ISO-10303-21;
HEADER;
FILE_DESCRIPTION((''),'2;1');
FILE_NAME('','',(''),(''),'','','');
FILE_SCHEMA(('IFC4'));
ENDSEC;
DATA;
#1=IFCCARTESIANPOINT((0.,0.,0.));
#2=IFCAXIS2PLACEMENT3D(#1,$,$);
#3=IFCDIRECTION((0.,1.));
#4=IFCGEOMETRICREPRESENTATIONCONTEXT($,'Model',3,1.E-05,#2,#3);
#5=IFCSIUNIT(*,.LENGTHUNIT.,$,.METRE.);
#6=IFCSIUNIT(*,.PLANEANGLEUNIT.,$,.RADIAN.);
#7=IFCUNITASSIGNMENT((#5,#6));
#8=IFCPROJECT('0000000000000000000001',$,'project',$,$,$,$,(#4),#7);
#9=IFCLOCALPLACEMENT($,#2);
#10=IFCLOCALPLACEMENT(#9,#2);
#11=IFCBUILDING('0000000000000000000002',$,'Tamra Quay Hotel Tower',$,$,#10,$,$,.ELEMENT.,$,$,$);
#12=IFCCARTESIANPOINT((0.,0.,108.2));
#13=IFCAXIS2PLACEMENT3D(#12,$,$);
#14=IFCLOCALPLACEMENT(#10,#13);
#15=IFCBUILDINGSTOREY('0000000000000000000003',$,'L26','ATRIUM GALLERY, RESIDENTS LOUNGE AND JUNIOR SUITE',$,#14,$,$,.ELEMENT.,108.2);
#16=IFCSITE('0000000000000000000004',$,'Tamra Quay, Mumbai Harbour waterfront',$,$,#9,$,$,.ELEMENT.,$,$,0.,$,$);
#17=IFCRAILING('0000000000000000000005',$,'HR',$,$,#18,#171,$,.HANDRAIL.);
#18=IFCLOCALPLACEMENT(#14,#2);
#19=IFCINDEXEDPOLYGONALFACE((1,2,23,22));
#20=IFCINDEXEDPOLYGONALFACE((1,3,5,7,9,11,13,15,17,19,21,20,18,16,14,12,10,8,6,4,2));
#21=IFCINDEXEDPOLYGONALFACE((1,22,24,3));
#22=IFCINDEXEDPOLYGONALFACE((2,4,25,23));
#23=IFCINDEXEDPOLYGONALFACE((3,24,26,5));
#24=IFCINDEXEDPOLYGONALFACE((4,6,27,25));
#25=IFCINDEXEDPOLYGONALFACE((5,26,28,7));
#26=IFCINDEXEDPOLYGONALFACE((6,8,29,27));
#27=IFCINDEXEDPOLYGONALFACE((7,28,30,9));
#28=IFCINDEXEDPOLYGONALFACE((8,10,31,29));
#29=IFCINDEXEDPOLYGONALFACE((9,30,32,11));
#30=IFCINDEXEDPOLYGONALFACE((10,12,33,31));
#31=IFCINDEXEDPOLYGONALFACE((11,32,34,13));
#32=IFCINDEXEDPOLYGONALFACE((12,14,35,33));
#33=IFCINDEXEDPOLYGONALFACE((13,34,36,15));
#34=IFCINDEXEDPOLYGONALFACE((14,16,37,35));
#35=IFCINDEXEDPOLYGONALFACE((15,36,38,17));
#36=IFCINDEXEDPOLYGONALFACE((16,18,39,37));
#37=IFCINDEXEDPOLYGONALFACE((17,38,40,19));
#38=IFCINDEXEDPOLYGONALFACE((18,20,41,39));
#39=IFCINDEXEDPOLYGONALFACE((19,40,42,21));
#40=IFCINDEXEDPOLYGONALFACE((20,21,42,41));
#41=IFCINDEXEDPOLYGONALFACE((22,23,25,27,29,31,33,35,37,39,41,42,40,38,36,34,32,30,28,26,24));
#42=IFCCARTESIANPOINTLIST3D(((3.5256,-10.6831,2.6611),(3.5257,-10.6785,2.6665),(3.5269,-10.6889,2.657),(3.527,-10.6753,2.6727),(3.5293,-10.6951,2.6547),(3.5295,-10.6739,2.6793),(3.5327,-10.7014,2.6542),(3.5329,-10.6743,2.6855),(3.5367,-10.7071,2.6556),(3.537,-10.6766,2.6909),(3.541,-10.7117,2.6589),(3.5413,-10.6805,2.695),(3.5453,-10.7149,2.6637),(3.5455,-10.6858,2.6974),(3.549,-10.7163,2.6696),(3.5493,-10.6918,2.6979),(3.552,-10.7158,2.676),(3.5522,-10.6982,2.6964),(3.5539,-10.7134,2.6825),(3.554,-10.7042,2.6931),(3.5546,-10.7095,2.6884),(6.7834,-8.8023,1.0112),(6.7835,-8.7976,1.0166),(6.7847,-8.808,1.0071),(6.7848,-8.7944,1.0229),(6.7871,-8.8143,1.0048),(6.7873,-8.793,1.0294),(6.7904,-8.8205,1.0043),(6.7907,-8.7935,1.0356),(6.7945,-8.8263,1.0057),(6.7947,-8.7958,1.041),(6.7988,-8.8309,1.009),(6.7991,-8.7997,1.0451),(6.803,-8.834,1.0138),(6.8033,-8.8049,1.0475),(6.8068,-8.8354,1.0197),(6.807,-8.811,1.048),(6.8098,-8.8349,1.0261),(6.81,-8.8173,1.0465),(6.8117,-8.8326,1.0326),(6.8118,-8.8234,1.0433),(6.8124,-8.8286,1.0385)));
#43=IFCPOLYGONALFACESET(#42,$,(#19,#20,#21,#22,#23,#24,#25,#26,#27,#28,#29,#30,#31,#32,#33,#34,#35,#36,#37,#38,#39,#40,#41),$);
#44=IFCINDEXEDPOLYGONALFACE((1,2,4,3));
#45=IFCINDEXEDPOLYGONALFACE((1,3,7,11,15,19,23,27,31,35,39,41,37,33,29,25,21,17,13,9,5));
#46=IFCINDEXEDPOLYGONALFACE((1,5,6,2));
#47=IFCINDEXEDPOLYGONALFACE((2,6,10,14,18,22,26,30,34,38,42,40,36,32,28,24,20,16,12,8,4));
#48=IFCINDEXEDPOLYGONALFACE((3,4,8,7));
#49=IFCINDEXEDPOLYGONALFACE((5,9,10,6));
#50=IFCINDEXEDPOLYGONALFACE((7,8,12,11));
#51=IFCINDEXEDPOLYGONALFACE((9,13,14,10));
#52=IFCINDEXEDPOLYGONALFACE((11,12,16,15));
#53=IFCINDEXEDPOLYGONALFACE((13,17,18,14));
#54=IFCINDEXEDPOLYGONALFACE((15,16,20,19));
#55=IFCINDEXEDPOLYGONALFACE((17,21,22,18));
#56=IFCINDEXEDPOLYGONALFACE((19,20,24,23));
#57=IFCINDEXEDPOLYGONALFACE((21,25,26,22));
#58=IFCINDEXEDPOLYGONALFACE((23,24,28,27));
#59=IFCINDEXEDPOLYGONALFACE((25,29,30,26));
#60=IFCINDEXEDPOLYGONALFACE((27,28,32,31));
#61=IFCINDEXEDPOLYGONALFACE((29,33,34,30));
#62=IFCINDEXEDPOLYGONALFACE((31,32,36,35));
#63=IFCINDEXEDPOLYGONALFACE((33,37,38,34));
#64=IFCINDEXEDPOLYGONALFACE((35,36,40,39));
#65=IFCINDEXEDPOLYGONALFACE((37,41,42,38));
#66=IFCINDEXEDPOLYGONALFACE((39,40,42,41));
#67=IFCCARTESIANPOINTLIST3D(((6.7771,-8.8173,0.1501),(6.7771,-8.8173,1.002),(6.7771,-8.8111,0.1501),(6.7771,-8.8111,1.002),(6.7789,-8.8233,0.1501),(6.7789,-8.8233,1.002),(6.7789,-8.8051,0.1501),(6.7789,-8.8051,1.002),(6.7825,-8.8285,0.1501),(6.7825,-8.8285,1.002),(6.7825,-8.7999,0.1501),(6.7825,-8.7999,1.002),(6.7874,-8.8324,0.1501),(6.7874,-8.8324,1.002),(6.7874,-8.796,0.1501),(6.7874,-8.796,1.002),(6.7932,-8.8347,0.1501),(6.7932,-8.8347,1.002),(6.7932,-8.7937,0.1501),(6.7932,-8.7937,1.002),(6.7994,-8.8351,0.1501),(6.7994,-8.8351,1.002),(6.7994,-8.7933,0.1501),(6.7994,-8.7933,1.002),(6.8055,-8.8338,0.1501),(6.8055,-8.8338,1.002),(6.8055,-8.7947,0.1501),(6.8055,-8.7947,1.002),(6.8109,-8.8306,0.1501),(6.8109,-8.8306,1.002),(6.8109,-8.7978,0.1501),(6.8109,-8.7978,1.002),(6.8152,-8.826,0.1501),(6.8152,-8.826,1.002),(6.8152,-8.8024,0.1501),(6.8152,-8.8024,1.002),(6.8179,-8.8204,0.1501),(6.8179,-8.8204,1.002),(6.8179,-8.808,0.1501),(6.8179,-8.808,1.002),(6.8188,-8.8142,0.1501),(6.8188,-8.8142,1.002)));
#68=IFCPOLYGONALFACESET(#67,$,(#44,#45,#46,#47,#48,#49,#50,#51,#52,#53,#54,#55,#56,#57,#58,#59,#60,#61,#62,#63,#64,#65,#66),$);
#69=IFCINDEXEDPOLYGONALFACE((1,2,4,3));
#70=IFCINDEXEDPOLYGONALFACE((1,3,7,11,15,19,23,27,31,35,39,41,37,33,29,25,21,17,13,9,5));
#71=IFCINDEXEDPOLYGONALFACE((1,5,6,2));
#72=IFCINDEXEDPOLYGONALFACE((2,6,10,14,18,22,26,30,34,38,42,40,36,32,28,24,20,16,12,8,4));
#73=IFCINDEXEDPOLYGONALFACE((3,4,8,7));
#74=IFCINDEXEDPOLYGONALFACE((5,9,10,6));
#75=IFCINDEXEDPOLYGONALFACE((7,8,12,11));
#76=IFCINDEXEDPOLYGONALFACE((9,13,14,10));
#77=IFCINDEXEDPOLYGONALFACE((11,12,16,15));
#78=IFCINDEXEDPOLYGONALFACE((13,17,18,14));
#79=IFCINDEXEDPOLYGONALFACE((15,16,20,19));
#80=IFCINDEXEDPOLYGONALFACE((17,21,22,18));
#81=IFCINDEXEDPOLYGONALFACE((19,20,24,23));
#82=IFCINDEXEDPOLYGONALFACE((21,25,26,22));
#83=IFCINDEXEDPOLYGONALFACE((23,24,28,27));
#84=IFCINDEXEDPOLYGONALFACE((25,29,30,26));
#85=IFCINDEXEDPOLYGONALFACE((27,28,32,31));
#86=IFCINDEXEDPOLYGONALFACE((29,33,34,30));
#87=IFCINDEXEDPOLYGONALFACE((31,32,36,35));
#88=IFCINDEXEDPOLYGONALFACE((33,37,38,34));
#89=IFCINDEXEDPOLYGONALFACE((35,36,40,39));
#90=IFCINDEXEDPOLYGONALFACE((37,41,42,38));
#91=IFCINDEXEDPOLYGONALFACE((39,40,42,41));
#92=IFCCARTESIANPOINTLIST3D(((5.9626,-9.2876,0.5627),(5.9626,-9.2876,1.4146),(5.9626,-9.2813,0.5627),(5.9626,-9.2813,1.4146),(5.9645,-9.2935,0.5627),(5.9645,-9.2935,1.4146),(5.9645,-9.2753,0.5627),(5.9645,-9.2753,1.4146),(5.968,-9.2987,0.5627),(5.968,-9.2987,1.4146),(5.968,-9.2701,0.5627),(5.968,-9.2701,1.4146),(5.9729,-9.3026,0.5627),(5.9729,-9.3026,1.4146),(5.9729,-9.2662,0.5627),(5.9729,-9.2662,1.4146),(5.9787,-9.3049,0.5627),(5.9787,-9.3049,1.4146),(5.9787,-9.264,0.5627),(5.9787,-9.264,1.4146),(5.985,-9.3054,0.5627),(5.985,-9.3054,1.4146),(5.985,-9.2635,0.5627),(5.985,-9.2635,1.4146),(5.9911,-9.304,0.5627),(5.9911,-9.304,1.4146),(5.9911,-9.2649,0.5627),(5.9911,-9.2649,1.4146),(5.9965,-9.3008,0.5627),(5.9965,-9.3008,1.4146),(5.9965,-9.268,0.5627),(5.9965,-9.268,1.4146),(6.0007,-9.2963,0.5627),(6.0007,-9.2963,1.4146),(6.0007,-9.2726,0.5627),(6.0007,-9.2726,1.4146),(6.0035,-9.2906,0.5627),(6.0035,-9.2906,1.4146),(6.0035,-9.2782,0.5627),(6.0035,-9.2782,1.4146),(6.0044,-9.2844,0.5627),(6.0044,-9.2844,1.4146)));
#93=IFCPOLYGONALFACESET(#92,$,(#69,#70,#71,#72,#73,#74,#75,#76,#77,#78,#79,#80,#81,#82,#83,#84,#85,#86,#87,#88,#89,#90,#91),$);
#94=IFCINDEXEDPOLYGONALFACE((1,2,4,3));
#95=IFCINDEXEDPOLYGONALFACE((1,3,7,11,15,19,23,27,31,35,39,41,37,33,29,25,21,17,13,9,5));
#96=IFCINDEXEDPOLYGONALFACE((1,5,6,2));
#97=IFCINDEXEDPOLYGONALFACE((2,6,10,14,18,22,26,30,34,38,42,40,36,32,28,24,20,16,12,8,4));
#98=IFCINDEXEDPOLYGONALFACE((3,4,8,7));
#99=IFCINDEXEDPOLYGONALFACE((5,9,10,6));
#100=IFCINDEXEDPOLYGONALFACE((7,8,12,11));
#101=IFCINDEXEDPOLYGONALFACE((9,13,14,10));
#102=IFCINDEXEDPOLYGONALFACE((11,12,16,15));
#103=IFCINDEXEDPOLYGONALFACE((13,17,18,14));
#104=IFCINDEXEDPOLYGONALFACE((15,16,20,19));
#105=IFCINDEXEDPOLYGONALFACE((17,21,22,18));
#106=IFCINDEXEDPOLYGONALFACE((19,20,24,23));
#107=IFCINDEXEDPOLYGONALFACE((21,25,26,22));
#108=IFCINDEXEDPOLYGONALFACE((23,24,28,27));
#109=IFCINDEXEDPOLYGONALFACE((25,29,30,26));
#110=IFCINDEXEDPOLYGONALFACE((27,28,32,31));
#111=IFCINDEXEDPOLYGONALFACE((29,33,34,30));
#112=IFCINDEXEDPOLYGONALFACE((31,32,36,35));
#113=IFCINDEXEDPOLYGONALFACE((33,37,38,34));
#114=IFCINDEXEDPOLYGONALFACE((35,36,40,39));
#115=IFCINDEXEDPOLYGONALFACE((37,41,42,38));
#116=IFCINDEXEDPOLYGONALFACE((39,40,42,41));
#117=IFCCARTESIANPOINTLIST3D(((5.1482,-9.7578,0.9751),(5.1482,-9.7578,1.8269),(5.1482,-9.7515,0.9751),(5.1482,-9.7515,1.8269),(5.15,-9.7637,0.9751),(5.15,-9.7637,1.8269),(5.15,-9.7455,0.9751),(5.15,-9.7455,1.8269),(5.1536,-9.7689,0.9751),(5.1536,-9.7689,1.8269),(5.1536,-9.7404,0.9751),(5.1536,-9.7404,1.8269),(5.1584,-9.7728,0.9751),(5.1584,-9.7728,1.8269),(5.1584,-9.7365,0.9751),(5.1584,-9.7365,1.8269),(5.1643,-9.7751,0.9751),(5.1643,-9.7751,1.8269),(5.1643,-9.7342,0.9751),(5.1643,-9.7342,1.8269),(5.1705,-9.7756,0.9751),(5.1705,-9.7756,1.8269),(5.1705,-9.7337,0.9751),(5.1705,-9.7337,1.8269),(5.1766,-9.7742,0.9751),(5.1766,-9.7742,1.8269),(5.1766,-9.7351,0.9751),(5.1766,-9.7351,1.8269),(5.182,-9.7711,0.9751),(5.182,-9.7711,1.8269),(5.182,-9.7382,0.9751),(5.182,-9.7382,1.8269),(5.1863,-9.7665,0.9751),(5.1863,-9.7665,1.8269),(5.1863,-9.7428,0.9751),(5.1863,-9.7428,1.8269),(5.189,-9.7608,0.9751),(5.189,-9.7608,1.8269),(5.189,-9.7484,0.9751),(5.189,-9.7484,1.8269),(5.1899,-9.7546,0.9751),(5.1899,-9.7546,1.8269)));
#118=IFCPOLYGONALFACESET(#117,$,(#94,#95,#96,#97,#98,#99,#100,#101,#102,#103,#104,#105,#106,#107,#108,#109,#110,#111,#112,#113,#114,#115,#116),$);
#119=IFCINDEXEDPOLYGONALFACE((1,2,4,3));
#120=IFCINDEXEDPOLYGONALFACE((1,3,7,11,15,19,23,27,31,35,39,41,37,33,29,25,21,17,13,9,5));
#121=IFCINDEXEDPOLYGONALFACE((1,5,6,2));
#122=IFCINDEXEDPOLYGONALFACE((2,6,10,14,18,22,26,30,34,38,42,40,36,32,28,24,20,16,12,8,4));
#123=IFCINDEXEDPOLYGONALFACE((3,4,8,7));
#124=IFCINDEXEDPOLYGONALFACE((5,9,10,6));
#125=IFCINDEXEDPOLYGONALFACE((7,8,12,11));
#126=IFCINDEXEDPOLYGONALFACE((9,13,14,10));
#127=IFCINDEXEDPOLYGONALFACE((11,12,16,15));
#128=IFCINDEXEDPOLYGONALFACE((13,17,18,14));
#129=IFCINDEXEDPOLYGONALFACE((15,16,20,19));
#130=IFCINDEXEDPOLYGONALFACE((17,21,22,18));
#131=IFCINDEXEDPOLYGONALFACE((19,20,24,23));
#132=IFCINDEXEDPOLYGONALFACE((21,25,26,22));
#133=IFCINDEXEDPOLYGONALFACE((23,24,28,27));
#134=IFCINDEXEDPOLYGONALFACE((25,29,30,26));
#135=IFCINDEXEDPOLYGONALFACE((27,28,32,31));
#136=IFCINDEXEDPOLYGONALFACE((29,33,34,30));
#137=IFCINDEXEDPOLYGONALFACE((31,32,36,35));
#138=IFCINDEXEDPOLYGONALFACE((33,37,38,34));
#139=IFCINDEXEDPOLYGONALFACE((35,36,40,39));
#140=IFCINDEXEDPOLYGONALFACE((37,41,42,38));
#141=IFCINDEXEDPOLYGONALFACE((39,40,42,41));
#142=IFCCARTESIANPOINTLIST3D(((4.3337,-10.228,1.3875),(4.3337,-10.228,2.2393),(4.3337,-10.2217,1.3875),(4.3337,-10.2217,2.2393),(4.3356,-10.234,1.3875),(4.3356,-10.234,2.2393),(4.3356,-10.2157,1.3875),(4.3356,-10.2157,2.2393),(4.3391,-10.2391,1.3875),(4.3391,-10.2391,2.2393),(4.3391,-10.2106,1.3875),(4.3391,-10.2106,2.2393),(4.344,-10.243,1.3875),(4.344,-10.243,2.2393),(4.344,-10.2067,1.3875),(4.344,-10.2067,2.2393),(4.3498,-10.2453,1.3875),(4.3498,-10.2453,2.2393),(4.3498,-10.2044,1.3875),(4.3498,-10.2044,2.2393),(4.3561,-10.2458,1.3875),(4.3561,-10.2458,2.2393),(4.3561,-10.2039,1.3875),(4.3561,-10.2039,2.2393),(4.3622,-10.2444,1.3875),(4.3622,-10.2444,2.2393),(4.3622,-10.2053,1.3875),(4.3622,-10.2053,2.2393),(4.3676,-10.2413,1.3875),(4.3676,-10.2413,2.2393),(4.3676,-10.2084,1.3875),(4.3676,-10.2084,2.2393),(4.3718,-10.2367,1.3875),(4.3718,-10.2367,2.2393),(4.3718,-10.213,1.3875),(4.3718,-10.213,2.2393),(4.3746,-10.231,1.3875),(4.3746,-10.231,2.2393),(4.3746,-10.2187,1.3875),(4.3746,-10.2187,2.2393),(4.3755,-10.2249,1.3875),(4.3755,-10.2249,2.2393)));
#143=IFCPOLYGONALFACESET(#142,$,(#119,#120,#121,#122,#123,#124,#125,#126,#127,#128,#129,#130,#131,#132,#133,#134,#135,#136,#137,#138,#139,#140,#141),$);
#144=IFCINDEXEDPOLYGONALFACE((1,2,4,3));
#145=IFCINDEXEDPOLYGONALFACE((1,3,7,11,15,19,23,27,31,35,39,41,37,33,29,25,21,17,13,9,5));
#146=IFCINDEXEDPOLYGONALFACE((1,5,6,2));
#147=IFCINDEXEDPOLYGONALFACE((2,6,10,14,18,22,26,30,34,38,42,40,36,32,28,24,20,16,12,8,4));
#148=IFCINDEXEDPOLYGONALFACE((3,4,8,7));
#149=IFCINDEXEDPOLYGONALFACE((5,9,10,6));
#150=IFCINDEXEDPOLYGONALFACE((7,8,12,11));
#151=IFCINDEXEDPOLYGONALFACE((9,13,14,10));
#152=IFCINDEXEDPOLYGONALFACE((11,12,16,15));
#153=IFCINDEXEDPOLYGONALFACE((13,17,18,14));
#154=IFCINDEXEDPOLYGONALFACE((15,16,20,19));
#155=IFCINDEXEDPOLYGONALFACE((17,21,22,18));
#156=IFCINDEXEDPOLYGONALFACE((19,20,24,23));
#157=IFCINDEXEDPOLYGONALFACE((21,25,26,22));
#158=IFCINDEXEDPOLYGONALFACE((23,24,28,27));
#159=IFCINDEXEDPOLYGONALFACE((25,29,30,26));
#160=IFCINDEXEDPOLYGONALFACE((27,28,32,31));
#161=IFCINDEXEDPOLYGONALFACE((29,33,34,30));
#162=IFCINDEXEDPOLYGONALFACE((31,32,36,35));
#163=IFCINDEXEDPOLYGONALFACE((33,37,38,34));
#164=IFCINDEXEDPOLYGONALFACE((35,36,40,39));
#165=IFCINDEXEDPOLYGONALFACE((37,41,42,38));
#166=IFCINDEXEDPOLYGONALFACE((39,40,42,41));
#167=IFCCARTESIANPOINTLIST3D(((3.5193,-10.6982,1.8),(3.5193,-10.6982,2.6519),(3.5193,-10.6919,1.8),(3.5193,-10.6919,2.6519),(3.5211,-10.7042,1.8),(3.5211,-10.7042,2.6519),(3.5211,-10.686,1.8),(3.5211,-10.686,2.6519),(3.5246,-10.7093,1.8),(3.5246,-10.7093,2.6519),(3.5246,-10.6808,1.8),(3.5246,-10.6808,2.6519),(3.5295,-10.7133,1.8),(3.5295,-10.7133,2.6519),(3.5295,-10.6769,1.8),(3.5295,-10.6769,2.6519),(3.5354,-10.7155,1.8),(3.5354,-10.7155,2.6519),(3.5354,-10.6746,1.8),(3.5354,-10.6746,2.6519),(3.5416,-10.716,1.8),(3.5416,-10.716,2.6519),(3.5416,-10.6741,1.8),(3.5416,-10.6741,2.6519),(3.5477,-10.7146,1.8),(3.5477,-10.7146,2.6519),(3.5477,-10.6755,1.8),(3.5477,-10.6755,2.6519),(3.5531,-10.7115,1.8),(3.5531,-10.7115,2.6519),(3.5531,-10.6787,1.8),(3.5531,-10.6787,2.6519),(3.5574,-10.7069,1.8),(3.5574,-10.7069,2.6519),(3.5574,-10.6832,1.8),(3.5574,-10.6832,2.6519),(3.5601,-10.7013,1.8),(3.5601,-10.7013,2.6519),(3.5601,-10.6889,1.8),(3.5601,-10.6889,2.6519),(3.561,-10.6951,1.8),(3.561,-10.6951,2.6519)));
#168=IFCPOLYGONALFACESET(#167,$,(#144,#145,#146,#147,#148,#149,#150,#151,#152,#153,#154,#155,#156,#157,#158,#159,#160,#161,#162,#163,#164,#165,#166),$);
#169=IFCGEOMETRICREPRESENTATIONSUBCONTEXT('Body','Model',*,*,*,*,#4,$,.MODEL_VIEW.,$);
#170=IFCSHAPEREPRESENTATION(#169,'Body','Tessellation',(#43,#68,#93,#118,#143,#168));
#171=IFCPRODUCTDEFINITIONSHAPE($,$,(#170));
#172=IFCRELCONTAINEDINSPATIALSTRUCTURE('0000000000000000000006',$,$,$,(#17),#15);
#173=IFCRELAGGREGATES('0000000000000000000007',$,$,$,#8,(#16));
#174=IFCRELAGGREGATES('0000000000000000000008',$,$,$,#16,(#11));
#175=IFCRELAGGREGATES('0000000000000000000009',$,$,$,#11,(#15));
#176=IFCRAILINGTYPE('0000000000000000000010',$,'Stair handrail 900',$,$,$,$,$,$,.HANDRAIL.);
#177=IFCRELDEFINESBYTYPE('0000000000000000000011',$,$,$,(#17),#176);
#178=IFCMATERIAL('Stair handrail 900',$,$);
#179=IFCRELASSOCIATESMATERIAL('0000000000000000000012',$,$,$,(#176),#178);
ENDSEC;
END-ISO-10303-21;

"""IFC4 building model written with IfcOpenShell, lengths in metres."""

from ifc_helpers import new_model, si_unit, direction, frame, origin, origin_2d, place, context, subcontext, project, spatial, circle, extrude, material, type_object, element, save


model = new_model("IFC4")

# Units and contexts
model_context = context("Model", 3, precision=1e-05, world=origin(), true_north=direction((0.0, 1.0)))
body_context = subcontext(model_context, "Body", "Model", "MODEL_VIEW")
ifc_project = project(units=[si_unit("LENGTHUNIT", "METRE"), si_unit("PLANEANGLEUNIT", "RADIAN")], contexts=[model_context])

# Site, building, storey
site_placement = place(None, origin())
site = spatial("IfcSite", under=ifc_project, at=site_placement, Name="Tamra Quay, Mumbai Harbour waterfront", CompositionType="ELEMENT", RefElevation=0.0)
building_placement = place(site_placement, origin())
building = spatial("IfcBuilding", under=site, at=building_placement, Name="Tamra Quay Hotel Tower", CompositionType="ELEMENT")
storey_placement = place(building_placement, frame((0.0, 0.0, 108.2)))
storey = spatial("IfcBuildingStorey", under=building, at=storey_placement, Name="L26", Description="ATRIUM GALLERY, RESIDENTS LOUNGE AND JUNIOR SUITE", CompositionType="ELEMENT", Elevation=108.2)

# Railing
ifc_material_1 = material(Name="Stair handrail 900")
railing_type_1 = type_object("IfcRailingType", Name="Stair handrail 900", PredefinedType="HANDRAIL", material=ifc_material_1)
railing_1_placement = place(storey_placement, frame((6.7979, -8.8142, 0.1501)))
element("IfcRailing", 1, at=railing_1_placement, inside=storey, type_object=railing_type_1, Name="HR", PredefinedType="HANDRAIL", context=body_context, shape_type="SweptSolid", body=[
    extrude(circle(Radius=0.0239, at=origin_2d()), frame((0.0, 0.0, 0.876), z_axis=(-0.7931, -0.457887, 0.401661), x_axis=(0.499992, -0.86603, 0.0)), (0.0, 0.0, 1.0), 4.1077),
    extrude(circle(Radius=0.021, at=origin_2d()), origin(), (0.0, 0.0, 1.0), 0.8518),
    extrude(circle(Radius=0.021, at=origin_2d()), frame((-0.8145, -0.4702, 0.4126)), (0.0, 0.0, 1.0), 0.8518),
    extrude(circle(Radius=0.021, at=origin_2d()), frame((-1.6289, -0.9404, 0.825)), (0.0, 0.0, 1.0), 0.8518),
    extrude(circle(Radius=0.021, at=origin_2d()), frame((-2.4434, -1.4106, 1.2373)), (0.0, 0.0, 1.0), 0.8518),
    extrude(circle(Radius=0.021, at=origin_2d()), frame((-3.2578, -1.8809, 1.6499)), (0.0, 0.0, 1.0), 0.8518),
])

save(model, "model.ifc")
